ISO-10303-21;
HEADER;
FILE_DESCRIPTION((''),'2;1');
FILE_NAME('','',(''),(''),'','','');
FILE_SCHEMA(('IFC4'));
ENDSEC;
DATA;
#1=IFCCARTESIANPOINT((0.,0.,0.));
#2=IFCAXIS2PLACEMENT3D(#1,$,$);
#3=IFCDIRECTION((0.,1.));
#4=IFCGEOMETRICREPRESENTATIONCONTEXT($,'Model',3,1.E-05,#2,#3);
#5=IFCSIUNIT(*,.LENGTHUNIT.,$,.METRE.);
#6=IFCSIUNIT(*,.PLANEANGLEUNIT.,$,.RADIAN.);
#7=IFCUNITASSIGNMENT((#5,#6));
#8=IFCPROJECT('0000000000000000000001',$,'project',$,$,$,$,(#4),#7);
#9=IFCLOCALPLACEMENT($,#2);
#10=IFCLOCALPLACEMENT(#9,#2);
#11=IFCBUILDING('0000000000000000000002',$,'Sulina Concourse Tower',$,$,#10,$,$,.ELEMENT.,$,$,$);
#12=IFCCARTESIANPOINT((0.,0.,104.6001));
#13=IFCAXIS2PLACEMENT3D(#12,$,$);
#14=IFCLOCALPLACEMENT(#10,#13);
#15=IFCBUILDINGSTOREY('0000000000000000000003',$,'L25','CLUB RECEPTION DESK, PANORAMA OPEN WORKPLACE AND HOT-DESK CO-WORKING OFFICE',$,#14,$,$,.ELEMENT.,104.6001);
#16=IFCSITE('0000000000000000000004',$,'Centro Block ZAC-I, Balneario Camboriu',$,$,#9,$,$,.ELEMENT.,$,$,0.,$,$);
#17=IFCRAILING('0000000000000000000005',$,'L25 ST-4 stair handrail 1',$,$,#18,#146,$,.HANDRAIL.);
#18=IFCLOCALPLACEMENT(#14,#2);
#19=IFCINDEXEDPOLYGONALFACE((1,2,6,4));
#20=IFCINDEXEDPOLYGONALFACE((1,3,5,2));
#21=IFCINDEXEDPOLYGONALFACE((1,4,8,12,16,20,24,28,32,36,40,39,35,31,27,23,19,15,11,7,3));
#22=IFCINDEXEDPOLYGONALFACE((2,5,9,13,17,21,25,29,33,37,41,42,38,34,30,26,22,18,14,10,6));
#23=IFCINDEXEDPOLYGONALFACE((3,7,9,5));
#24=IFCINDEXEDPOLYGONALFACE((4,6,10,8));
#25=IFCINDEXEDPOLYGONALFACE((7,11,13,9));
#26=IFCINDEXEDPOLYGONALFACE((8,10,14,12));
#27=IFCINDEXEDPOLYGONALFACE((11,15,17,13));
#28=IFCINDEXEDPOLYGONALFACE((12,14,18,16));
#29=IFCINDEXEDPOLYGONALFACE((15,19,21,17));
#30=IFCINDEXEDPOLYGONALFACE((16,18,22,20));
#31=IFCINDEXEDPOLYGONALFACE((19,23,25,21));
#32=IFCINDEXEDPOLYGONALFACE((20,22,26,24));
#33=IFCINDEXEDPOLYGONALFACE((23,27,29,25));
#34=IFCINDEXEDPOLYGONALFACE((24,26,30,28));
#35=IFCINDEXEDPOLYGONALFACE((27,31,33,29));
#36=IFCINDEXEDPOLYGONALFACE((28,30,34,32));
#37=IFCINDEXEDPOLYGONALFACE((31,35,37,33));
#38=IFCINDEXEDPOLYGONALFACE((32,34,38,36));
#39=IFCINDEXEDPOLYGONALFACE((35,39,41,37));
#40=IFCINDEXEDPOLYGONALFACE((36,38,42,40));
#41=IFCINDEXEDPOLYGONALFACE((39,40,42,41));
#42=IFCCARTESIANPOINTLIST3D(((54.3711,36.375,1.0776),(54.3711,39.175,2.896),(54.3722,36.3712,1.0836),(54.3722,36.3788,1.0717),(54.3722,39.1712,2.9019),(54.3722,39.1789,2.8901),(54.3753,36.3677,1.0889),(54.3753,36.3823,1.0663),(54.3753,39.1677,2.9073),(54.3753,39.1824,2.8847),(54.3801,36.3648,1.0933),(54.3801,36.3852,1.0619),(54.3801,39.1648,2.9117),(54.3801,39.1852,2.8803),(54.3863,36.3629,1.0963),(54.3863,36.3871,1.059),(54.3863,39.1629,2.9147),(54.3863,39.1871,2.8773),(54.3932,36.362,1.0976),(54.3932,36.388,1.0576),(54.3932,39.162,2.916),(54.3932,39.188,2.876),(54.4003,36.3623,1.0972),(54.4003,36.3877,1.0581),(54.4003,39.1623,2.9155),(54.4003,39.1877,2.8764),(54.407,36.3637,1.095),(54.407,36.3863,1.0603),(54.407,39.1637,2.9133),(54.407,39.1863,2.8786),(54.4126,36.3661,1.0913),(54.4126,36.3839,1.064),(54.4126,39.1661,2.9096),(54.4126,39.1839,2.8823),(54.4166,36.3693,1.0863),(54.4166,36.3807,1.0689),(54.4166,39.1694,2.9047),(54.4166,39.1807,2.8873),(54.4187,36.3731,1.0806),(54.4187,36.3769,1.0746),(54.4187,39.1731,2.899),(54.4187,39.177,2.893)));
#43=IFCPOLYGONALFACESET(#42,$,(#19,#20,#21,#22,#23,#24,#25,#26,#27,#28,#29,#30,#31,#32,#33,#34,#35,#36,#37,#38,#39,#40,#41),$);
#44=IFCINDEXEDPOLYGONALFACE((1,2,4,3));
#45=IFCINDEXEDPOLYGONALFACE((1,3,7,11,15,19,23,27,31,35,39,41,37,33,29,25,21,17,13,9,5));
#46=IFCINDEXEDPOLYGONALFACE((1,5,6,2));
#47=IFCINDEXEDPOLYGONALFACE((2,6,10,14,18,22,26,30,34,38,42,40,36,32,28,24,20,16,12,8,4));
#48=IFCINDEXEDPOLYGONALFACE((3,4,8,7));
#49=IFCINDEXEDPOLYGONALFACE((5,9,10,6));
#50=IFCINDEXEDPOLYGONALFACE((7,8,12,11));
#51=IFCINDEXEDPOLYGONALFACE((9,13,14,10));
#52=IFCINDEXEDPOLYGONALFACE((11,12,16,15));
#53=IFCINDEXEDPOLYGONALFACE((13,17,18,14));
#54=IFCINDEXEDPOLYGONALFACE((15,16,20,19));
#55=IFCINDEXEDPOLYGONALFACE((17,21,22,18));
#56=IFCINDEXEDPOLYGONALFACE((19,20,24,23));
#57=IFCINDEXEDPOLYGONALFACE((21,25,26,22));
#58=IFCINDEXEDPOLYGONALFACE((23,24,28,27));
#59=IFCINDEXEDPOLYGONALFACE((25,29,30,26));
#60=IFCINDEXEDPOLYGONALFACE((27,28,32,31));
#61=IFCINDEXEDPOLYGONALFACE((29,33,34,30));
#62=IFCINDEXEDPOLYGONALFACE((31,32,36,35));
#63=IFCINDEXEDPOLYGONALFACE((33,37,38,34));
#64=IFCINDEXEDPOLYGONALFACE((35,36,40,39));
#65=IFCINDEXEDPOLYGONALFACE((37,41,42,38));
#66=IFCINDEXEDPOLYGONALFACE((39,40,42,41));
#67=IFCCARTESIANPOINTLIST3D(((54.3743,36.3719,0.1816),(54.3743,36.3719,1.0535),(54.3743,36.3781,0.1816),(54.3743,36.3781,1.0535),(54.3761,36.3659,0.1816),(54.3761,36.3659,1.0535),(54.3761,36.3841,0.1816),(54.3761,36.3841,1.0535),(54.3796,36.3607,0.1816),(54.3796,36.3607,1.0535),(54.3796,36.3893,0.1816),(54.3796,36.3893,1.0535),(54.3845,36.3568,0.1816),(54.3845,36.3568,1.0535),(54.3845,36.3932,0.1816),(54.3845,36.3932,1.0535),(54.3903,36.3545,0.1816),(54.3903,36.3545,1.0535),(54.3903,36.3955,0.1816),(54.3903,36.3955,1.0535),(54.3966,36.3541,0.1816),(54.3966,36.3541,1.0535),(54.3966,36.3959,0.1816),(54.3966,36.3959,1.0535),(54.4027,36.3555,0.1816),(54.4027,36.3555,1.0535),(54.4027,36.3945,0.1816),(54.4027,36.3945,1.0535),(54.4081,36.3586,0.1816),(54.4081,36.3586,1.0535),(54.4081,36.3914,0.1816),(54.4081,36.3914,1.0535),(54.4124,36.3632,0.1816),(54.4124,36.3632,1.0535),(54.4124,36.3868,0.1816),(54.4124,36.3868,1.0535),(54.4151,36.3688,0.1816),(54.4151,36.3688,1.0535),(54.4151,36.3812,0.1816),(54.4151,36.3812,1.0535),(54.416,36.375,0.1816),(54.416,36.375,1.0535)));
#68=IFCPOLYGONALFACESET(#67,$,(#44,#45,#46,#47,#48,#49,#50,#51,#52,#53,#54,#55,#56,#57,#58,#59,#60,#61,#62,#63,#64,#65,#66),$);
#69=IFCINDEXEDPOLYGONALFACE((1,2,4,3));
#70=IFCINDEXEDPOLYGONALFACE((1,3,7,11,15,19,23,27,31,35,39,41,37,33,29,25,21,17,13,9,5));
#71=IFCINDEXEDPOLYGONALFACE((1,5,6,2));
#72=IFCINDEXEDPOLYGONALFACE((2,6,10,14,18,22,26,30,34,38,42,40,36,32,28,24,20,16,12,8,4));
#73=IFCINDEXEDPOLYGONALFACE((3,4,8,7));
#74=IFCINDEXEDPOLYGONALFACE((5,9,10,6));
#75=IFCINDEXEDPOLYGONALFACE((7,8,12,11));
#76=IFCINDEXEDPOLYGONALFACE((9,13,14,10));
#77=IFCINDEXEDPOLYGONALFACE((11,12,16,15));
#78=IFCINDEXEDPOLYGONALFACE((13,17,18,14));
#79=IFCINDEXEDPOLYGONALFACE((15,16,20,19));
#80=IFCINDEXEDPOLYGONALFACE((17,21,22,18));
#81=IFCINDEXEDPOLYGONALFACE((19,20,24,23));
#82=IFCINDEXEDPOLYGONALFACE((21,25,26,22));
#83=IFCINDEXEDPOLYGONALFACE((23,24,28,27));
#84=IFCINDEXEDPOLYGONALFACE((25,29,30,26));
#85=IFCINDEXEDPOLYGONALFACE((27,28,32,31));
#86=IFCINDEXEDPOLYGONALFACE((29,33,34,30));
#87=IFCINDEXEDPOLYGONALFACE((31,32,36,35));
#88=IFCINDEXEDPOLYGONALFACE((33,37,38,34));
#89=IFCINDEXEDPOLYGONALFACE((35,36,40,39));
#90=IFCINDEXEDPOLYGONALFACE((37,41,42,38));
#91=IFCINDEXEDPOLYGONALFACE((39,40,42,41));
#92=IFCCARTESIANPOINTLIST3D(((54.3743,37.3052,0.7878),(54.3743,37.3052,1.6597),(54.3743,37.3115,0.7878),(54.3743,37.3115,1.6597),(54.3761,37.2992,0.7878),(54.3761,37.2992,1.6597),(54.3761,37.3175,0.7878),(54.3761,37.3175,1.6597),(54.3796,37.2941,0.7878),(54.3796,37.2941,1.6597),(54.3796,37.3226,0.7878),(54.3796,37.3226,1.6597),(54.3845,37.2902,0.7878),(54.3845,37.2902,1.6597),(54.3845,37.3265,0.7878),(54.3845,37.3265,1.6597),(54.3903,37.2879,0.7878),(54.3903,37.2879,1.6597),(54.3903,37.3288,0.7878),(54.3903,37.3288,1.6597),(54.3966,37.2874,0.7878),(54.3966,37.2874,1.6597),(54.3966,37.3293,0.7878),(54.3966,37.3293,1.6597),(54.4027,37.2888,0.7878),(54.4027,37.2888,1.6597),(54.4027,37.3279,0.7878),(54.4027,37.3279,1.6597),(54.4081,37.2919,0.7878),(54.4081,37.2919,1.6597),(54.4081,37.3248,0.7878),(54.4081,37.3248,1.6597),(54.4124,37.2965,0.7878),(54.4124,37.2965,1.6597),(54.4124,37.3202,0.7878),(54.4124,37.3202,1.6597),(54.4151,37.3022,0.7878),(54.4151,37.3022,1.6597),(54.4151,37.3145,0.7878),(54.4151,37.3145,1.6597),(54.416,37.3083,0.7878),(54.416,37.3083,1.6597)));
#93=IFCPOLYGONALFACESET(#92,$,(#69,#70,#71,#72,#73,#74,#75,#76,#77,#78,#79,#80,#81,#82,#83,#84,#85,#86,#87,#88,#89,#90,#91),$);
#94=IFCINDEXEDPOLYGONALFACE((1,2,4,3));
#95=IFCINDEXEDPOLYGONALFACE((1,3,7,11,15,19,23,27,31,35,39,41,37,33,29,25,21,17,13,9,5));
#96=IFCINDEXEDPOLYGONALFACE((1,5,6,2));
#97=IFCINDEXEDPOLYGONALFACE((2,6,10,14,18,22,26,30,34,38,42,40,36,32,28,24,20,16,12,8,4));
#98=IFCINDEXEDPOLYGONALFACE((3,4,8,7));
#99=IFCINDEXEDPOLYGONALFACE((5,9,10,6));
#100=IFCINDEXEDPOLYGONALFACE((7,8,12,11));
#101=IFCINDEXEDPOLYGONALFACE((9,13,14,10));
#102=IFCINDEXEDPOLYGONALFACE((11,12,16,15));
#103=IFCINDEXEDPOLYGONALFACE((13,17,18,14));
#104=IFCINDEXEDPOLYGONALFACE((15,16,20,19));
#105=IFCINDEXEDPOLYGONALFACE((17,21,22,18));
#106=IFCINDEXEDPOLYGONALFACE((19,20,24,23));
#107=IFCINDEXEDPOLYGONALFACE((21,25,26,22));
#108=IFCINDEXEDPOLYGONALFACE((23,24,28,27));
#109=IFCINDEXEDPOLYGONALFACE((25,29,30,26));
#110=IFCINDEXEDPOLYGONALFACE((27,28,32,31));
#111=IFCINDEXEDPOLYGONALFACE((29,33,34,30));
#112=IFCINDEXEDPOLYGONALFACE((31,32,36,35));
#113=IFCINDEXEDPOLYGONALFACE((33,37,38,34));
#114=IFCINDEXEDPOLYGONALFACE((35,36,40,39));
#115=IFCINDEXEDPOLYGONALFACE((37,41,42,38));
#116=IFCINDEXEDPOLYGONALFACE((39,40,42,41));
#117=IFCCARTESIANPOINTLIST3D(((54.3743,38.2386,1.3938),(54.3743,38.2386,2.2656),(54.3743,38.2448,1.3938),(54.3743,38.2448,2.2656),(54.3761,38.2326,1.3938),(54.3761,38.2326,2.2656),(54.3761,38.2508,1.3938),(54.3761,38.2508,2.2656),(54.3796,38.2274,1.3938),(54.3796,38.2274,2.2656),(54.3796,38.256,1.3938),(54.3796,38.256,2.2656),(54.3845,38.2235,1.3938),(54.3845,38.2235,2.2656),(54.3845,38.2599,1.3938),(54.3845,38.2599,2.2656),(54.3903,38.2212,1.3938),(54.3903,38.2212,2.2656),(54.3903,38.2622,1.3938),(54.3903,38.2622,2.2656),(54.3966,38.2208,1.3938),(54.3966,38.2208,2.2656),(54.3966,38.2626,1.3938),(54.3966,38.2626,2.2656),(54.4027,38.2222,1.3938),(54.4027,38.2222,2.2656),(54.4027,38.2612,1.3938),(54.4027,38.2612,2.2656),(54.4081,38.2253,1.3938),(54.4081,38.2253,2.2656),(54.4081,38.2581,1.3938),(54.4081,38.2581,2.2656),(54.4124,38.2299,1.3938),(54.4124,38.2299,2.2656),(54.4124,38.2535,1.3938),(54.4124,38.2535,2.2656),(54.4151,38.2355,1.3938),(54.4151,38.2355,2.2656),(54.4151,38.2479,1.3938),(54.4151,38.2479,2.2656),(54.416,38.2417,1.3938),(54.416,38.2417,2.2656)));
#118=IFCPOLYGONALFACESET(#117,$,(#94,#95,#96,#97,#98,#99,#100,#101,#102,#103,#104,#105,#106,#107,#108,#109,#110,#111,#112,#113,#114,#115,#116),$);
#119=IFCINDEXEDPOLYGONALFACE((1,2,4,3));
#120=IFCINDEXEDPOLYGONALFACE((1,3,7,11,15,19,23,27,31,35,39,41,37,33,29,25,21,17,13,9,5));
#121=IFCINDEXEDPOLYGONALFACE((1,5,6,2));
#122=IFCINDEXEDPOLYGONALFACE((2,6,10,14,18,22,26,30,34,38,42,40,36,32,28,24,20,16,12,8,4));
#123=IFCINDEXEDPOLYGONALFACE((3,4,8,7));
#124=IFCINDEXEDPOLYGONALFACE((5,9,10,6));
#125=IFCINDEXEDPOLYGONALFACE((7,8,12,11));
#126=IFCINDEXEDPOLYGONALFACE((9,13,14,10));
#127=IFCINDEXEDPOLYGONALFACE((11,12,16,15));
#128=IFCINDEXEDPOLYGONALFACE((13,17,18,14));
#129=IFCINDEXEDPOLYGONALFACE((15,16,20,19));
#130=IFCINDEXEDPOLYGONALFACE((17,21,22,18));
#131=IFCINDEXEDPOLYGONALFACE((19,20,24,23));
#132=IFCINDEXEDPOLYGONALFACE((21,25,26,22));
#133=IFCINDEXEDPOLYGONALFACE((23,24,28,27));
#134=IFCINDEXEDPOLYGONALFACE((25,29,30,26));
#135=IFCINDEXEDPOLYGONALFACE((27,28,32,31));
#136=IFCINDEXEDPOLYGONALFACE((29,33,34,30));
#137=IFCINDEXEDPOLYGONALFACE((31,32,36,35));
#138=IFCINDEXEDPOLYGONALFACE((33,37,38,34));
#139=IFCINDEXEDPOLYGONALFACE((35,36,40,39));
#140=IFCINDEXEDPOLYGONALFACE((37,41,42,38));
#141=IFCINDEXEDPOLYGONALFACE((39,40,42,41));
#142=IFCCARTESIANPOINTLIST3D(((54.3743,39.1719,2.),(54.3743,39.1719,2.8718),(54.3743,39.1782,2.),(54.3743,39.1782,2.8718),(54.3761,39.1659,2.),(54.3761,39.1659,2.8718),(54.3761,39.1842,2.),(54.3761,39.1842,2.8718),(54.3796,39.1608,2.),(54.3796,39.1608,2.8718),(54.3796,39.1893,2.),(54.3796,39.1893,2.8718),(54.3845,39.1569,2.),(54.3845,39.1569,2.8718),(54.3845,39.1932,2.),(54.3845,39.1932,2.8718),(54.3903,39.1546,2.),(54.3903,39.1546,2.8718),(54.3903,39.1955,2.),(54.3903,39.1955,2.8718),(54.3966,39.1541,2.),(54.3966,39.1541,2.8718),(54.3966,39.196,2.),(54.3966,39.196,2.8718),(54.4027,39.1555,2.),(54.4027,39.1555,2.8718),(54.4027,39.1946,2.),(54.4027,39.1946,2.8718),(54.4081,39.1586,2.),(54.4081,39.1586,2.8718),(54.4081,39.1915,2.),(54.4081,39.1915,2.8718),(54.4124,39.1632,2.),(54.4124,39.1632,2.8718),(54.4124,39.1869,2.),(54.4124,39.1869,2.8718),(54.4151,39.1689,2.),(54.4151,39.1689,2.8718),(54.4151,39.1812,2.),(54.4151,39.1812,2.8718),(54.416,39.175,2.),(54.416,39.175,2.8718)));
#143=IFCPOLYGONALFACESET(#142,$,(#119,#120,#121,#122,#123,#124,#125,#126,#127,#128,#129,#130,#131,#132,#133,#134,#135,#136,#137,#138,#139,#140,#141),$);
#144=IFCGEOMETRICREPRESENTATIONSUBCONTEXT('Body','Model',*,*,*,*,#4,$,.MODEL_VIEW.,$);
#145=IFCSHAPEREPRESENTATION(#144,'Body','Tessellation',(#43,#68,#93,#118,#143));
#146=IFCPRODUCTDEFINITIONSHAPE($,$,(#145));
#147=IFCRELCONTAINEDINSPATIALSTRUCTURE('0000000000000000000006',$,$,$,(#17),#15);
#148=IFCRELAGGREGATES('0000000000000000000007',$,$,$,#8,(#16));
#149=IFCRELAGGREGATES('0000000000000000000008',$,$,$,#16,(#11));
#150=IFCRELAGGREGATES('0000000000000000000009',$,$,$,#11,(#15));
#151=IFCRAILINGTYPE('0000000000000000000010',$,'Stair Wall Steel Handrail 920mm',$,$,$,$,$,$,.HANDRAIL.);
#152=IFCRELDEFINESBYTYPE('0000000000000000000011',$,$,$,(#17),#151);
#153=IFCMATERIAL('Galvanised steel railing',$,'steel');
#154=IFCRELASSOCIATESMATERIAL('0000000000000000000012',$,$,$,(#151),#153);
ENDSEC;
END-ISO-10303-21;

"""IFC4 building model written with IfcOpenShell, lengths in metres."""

from ifc_helpers import new_model, si_unit, direction, frame, origin, origin_2d, place, context, subcontext, project, spatial, circle, extrude, material, type_object, element, save


model = new_model("IFC4")

# Units and contexts
model_context = context("Model", 3, precision=1e-05, world=origin(), true_north=direction((0.0, 1.0)))
body_context = subcontext(model_context, "Body", "Model", "MODEL_VIEW")
ifc_project = project(units=[si_unit("LENGTHUNIT", "METRE"), si_unit("PLANEANGLEUNIT", "RADIAN")], contexts=[model_context])

# Site, building, storey
site_placement = place(None, origin())
site = spatial("IfcSite", under=ifc_project, at=site_placement, Name="Centro Block ZAC-I, Balneario Camboriu", CompositionType="ELEMENT", RefElevation=0.0)
building_placement = place(site_placement, origin())
building = spatial("IfcBuilding", under=site, at=building_placement, Name="Sulina Concourse Tower", CompositionType="ELEMENT")
storey_placement = place(building_placement, frame((0.0, 0.0, 104.6001)))
storey = spatial("IfcBuildingStorey", under=building, at=storey_placement, Name="L25", Description="CLUB RECEPTION DESK, PANORAMA OPEN WORKPLACE AND HOT-DESK CO-WORKING OFFICE", CompositionType="ELEMENT", Elevation=104.6001)

# Railing
ifc_material_1 = material(Name="Galvanised steel railing", Category="steel")
railing_type_1 = type_object("IfcRailingType", Name="Stair Wall Steel Handrail 920mm", PredefinedType="HANDRAIL", material=ifc_material_1)
railing_1_placement = place(storey_placement, frame((54.395, 36.375, 0.1816)))
element("IfcRailing", 1, at=railing_1_placement, inside=storey, type_object=railing_type_1, Name="L25 ST-4 stair handrail 1", PredefinedType="HANDRAIL", context=body_context, shape_type="SweptSolid", body=[
    extrude(circle(Radius=0.0239, at=origin_2d()), frame((0.0, 0.0, 0.896), z_axis=(0.0, 0.838672, 0.544636), x_axis=(-1.0, 0.0, 0.0)), (0.0, 0.0, 1.0), 3.3386),
    extrude(circle(Radius=0.021, at=origin_2d()), origin(), (0.0, 0.0, 1.0), 0.8718),
    extrude(circle(Radius=0.021, at=origin_2d()), frame((0.0, 0.9333, 0.6062)), (0.0, 0.0, 1.0), 0.8718),
    extrude(circle(Radius=0.021, at=origin_2d()), frame((0.0, 1.8667, 1.2122)), (0.0, 0.0, 1.0), 0.8718),
    extrude(circle(Radius=0.021, at=origin_2d()), frame((0.0, 2.8, 1.8184)), (0.0, 0.0, 1.0), 0.8718),
])

save(model, "model.ifc")
